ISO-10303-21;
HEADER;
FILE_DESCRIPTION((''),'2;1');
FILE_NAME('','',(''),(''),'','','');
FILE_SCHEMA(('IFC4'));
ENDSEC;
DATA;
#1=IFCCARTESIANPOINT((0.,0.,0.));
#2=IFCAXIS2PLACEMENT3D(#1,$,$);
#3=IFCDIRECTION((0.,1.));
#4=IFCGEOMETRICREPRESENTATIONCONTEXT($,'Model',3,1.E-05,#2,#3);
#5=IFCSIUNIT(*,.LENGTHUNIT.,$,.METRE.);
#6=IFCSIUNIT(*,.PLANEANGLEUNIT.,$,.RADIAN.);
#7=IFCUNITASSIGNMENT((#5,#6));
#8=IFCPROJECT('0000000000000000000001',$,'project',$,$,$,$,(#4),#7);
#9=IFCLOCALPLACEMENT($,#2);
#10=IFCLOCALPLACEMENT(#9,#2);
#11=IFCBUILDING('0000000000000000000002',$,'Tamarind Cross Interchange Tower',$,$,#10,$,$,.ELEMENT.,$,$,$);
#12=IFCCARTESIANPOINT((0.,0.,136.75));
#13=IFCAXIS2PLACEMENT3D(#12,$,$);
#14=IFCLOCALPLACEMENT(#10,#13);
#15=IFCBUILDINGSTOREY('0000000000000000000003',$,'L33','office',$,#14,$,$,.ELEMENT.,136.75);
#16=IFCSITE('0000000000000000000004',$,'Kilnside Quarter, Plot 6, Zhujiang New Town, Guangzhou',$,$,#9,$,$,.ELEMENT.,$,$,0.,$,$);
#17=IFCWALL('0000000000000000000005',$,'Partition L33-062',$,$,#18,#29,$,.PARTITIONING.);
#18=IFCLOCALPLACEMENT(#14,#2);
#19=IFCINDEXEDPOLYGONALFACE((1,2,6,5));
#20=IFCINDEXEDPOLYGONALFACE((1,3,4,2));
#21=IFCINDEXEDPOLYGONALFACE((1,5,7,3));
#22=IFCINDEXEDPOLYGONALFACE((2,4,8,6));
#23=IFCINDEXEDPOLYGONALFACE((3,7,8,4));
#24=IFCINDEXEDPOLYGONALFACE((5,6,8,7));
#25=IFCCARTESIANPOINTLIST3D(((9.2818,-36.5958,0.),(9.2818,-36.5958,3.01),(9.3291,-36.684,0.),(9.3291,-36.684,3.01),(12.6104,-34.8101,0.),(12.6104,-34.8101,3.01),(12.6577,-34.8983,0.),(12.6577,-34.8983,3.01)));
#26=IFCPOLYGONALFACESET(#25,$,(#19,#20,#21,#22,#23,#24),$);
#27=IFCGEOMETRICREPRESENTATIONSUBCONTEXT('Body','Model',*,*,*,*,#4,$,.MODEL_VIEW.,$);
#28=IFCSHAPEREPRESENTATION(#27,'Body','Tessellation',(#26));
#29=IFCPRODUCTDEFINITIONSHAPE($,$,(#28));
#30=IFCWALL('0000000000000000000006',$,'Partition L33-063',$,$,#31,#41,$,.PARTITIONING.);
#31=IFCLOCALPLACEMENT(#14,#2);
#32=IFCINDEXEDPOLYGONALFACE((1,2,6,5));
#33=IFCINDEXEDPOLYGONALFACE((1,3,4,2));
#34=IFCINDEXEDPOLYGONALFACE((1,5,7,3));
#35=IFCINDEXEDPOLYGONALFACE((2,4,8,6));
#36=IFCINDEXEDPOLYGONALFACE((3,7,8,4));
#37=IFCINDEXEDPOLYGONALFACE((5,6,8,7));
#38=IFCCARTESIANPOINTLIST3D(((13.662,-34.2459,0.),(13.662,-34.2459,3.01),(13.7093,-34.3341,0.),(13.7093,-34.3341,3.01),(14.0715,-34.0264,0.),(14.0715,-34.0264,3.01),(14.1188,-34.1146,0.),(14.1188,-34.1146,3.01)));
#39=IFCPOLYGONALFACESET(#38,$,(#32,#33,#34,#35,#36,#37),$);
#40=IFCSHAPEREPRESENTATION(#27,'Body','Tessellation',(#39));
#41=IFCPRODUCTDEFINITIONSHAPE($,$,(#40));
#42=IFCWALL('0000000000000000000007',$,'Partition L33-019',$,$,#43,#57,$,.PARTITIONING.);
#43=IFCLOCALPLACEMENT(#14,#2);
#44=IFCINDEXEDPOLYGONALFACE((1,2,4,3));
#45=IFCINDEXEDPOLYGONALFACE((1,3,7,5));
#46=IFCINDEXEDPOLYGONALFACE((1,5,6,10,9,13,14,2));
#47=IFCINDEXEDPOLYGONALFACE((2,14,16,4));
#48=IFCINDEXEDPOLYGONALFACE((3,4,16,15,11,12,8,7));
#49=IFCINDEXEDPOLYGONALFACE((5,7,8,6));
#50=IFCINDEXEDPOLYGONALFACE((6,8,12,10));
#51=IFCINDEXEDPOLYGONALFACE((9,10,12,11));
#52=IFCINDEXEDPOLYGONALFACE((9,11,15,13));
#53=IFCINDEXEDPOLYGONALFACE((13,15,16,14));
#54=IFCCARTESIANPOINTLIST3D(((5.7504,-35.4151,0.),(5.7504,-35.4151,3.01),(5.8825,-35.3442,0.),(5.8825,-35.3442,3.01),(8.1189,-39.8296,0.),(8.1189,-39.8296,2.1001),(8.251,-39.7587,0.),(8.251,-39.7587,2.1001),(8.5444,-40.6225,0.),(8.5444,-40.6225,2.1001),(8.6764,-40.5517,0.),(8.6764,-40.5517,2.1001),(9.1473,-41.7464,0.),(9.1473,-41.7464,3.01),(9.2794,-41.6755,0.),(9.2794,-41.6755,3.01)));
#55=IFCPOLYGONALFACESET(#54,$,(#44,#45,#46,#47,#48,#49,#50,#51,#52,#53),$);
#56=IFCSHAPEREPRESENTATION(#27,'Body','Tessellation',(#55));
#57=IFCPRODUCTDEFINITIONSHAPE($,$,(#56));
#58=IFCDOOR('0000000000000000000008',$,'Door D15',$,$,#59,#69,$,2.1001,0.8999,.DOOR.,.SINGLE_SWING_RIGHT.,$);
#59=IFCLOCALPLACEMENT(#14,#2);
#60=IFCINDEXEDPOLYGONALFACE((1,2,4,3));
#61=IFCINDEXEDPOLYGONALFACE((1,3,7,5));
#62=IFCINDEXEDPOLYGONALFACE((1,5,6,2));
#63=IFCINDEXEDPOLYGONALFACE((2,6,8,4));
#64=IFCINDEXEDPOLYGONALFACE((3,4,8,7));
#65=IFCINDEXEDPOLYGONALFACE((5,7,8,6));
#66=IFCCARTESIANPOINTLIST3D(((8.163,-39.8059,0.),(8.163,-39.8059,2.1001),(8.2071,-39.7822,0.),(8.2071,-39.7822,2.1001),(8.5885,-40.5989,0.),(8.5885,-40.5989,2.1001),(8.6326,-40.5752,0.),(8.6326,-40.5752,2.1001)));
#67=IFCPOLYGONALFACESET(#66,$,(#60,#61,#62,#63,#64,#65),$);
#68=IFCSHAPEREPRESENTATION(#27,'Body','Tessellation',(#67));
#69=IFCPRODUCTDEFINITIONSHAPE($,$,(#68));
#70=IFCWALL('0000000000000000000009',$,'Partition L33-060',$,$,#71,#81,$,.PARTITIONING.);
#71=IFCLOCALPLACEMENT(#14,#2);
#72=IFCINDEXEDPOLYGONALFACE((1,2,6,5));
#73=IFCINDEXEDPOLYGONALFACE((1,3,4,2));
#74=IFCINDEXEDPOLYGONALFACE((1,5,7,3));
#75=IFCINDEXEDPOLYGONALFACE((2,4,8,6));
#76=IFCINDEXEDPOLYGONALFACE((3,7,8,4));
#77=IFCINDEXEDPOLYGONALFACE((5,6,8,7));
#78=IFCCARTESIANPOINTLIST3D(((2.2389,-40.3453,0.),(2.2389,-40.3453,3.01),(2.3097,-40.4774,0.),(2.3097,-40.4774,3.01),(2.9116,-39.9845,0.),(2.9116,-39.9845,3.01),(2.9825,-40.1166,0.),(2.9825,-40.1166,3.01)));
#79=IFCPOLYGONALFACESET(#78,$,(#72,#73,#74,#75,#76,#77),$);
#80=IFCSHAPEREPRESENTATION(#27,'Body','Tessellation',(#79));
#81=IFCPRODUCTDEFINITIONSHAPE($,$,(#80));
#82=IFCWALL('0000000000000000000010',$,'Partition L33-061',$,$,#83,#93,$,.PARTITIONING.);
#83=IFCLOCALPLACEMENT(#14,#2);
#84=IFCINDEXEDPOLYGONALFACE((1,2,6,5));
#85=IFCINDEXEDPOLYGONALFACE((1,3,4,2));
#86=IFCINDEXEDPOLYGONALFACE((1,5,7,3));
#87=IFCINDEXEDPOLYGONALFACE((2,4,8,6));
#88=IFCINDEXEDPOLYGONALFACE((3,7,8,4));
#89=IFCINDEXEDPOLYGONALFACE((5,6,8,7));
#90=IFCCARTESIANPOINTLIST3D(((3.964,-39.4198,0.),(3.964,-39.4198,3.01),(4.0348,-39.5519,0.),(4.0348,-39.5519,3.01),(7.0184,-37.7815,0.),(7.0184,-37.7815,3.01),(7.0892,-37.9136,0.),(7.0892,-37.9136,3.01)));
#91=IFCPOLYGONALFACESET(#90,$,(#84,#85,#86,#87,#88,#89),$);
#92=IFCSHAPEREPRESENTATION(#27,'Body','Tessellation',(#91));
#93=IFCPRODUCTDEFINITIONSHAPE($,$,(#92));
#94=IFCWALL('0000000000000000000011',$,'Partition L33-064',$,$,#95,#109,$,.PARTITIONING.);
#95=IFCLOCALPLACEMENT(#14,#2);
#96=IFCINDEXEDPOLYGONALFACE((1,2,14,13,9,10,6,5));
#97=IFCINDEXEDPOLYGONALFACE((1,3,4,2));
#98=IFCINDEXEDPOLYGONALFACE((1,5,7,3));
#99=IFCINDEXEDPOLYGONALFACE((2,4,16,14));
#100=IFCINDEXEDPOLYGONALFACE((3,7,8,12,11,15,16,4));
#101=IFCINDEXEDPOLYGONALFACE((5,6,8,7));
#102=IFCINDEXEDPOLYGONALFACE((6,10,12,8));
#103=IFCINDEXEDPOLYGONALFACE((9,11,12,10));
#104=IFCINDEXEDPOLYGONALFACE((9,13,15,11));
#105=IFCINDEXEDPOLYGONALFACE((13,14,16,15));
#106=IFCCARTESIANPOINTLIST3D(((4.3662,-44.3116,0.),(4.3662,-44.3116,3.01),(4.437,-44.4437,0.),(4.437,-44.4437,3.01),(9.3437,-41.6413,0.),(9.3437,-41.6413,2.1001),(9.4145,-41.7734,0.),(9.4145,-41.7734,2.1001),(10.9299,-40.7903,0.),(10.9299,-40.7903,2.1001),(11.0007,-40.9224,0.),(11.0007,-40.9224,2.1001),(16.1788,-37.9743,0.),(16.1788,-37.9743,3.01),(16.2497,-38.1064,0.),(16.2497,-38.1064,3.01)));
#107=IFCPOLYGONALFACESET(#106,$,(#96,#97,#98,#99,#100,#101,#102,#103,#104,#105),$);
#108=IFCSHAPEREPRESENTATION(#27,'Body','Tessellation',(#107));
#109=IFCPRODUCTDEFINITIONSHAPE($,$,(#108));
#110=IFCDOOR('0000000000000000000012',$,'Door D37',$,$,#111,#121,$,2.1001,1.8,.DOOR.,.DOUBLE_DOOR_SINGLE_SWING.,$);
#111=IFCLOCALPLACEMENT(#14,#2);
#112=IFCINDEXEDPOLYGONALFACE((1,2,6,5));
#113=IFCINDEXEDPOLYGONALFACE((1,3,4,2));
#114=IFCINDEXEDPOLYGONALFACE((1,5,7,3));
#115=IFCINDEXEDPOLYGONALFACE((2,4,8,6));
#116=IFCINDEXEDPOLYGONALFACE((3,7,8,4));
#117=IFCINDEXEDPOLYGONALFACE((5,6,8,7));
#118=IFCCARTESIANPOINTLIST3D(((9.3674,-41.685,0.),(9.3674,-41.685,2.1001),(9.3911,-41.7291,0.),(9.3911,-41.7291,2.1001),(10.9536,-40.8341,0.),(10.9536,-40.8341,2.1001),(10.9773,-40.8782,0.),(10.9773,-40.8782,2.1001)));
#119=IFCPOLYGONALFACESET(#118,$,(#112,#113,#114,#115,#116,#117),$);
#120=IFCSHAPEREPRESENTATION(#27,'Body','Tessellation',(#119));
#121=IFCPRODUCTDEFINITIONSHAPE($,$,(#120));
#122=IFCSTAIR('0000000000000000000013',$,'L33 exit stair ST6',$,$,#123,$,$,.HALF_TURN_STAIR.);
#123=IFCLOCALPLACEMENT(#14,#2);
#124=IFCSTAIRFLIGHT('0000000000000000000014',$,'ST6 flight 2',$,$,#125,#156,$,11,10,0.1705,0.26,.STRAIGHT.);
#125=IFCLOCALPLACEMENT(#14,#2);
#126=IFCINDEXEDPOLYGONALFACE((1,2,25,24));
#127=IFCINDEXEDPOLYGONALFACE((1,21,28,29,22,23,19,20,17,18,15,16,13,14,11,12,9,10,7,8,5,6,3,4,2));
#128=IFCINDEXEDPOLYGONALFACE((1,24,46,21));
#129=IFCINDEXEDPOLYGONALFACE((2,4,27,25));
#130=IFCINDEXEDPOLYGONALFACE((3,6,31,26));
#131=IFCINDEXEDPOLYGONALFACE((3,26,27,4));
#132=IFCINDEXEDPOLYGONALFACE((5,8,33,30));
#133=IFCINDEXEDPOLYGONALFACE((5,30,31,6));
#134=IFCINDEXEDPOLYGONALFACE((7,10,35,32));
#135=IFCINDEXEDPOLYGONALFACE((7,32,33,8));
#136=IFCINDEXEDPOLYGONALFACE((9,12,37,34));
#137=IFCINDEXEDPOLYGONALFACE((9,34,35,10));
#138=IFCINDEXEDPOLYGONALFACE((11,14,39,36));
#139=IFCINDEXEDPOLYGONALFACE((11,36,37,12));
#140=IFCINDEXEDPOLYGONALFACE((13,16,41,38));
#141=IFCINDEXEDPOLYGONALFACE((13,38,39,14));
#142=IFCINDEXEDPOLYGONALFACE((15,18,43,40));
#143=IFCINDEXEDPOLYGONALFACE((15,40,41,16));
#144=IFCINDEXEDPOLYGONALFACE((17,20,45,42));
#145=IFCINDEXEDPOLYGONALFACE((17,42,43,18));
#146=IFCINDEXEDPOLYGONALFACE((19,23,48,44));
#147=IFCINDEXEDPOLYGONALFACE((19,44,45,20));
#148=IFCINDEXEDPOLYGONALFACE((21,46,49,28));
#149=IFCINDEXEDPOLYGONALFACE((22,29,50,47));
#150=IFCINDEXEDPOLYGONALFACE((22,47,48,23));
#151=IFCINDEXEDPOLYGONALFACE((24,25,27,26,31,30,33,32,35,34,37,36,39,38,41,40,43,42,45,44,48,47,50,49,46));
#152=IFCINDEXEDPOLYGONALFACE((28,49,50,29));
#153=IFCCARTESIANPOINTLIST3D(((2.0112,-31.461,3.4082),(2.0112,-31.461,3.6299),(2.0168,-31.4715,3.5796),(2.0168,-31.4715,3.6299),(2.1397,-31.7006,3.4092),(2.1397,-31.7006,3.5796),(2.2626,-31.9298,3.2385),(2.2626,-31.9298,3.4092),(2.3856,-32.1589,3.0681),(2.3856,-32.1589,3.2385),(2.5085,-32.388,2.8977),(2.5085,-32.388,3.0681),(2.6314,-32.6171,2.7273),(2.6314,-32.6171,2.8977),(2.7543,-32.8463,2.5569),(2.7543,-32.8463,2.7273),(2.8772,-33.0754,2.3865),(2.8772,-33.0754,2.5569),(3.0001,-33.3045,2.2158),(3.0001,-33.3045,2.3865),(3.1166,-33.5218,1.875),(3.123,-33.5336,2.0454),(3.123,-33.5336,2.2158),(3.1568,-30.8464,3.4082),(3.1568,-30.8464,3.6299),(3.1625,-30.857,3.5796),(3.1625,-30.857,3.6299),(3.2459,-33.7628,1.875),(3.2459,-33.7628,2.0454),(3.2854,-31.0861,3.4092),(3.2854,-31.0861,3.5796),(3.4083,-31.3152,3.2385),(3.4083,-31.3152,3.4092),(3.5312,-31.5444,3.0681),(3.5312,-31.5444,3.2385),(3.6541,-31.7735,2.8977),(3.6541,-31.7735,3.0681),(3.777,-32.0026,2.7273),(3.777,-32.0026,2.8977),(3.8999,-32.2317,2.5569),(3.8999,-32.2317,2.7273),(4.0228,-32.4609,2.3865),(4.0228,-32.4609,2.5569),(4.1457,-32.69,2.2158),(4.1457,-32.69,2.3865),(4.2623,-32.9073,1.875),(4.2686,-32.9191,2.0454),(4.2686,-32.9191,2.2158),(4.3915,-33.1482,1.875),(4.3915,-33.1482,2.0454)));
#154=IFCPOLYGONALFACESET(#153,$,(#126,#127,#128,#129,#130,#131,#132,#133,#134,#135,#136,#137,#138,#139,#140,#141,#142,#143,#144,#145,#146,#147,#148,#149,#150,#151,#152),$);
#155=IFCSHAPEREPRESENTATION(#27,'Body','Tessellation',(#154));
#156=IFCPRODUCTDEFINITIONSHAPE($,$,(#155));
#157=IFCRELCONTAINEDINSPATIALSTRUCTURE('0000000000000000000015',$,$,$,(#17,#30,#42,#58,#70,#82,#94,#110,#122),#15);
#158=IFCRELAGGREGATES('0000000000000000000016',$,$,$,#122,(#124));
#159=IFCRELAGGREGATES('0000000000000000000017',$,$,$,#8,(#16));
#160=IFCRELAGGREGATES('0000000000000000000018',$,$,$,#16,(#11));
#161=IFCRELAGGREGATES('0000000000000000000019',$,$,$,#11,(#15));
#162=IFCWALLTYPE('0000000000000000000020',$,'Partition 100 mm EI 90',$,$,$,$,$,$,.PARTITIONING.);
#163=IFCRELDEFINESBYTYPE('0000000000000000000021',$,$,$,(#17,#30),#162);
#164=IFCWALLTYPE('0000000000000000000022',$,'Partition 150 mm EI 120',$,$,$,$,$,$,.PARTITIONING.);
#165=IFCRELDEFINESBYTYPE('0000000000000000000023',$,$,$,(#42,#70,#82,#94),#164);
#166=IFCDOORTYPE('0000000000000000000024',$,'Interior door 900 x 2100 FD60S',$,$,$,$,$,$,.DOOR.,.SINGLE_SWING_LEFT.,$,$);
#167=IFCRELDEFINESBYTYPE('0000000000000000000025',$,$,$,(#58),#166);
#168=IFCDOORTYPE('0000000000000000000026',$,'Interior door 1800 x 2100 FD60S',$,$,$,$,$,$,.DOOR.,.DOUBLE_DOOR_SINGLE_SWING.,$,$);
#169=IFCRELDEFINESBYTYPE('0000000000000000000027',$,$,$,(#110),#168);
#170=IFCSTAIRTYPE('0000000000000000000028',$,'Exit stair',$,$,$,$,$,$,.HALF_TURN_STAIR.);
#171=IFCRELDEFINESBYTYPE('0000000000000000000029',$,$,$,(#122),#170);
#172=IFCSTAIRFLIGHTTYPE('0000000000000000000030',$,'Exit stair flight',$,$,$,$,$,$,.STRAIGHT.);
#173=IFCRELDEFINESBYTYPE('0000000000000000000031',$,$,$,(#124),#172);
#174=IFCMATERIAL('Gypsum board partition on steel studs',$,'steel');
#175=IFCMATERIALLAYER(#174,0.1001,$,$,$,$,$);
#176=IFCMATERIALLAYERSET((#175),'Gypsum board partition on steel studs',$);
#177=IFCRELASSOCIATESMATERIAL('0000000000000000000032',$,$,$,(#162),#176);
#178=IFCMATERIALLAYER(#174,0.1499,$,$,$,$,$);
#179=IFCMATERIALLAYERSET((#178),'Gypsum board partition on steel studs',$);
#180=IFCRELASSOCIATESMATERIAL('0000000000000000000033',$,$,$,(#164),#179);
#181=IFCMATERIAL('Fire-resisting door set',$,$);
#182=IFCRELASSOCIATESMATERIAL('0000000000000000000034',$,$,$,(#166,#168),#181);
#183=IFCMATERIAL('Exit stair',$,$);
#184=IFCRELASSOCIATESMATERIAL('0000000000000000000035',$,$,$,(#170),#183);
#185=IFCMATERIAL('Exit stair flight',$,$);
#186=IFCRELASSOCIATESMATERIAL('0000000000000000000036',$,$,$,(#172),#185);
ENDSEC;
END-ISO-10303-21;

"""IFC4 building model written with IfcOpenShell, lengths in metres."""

from ifc_helpers import new_model, si_unit, direction, frame, frame_2d, origin, place, context, subcontext, project, spatial, polyline, rectangle, outline, extrude, material, layer, layer_set, type_object, element, fill, aggregate, save


model = new_model("IFC4")

# Units and contexts
model_context = context("Model", 3, precision=1e-05, world=origin(), true_north=direction((0.0, 1.0)))
body_context = subcontext(model_context, "Body", "Model", "MODEL_VIEW")
ifc_project = project(units=[si_unit("LENGTHUNIT", "METRE"), si_unit("PLANEANGLEUNIT", "RADIAN")], contexts=[model_context])

# Site, building, storey
site_placement = place(None, origin())
site = spatial("IfcSite", under=ifc_project, at=site_placement, Name="Kilnside Quarter, Plot 6, Zhujiang New Town, Guangzhou", CompositionType="ELEMENT", RefElevation=0.0)
building_placement = place(site_placement, origin())
building = spatial("IfcBuilding", under=site, at=building_placement, Name="Tamarind Cross Interchange Tower", CompositionType="ELEMENT")
storey_placement = place(building_placement, frame((0.0, 0.0, 136.75)))
storey = spatial("IfcBuildingStorey", under=building, at=storey_placement, Name="L33", Description="office", CompositionType="ELEMENT", Elevation=136.75)

# Walls
ifc_material_1 = material(Name="Gypsum board partition on steel studs", Category="steel")
ifc_layer_1 = layer(ifc_material_1, 0.1001)
ifc_layer_set_1 = layer_set([ifc_layer_1], Name="Gypsum board partition on steel studs")
wall_type_1 = type_object("IfcWallType", Name="Partition 100 mm EI 90", PredefinedType="PARTITIONING", material=ifc_layer_set_1)
wall_1_placement = place(storey_placement, frame((9.3054, -36.6399, 0.0), z_axis=(0.0, 0.0, 1.0), x_axis=(0.881209, 0.472727, 0.0)))
element("IfcWall", 1, at=wall_1_placement, inside=storey, type_object=wall_type_1, Name="Partition L33-062", PredefinedType="PARTITIONING", context=body_context, shape_type="SweptSolid", body=[
    extrude(rectangle(XDim=3.7773, YDim=0.1001, at=frame_2d((1.8887, 0.0))), origin(), (0.0, 0.0, 1.0), 3.01),
])
wall_2_placement = place(storey_placement, frame((13.6855, -34.29, 0.0), z_axis=(0.0, 0.0, 1.0), x_axis=(0.881347, 0.472469, 0.0)))
element("IfcWall", 2, at=wall_2_placement, inside=storey, type_object=wall_type_1, Name="Partition L33-063", PredefinedType="PARTITIONING", context=body_context, shape_type="SweptSolid", body=[
    extrude(rectangle(XDim=0.4646, YDim=0.1001, at=frame_2d((0.2324, 0.0))), origin(), (0.0, 0.0, 1.0), 3.01),
])

# Wall, opening, door
ifc_layer_2 = layer(ifc_material_1, 0.1499)
ifc_layer_set_2 = layer_set([ifc_layer_2], Name="Gypsum board partition on steel studs")
wall_type_2 = type_object("IfcWallType", Name="Partition 150 mm EI 120", PredefinedType="PARTITIONING", material=ifc_layer_set_2)
wall_3_placement = place(storey_placement, frame((5.8164, -35.3796, 0.0), z_axis=(0.0, 0.0, 1.0), x_axis=(0.472784, -0.881178, 0.0)))
wall_3 = element("IfcWall", 3, at=wall_3_placement, inside=storey, type_object=wall_type_2, Name="Partition L33-019", PredefinedType="PARTITIONING", context=body_context, shape_type="SweptSolid", body=[
    extrude(rectangle(XDim=7.1851, YDim=0.1499, at=frame_2d((3.5925, 0.0))), origin(), (0.0, 0.0, 1.0), 3.01),
])
opening_1_placement = place(wall_3_placement, frame((5.0098, 0.0, 0.0)))
opening_1 = element("IfcOpeningElement", 4, at=opening_1_placement, cuts=wall_3, PredefinedType="OPENING", context=body_context, shape_type="SweptSolid", body=[
    extrude(rectangle(XDim=0.8999, YDim=2.1001, at=frame_2d((0.45, 1.05))), frame((0.0, 0.085, 0.0), z_axis=(0.0, -1.0, 0.0), x_axis=(1.0, 0.0, 0.0)), (0.0, 0.0, 1.0), 0.1699),
])
ifc_material_2 = material(Name="Fire-resisting door set")
door_type_1 = type_object("IfcDoorType", Name="Interior door 900 x 2100 FD60S", OperationType="SINGLE_SWING_LEFT", PredefinedType="DOOR", material=ifc_material_2)
door_1_placement = place(opening_1_placement, frame((0.8999, 0.0, 0.0), z_axis=(0.0, 0.0, 1.0), x_axis=(-1.0, 0.0, 0.0)))
door_1 = element("IfcDoor", 5, at=door_1_placement, inside=storey, type_object=door_type_1, Name="Door D15", OperationType="SINGLE_SWING_RIGHT", OverallHeight=2.1001, OverallWidth=0.8999, PredefinedType="DOOR", context=body_context, shape_type="SweptSolid", body=[
    extrude(rectangle(XDim=0.8999, YDim=2.1001, at=frame_2d((0.45, 1.05))), frame((0.0, 0.0249, 0.0), z_axis=(0.0, -1.0, 0.0), x_axis=(1.0, 0.0, 0.0)), (0.0, 0.0, 1.0), 0.05),
])
fill(opening_1, door_1)

# Walls
wall_4_placement = place(storey_placement, frame((2.2742, -40.4114, 0.0), z_axis=(0.0, 0.0, 1.0), x_axis=(0.881271, 0.472612, 0.0)))
element("IfcWall", 6, at=wall_4_placement, inside=storey, type_object=wall_type_2, Name="Partition L33-060", PredefinedType="PARTITIONING", context=body_context, shape_type="SweptSolid", body=[
    extrude(rectangle(XDim=0.7634, YDim=0.1499, at=frame_2d((0.3818, 0.0))), origin(), (0.0, 0.0, 1.0), 3.01),
])
wall_5_placement = place(storey_placement, frame((3.9995, -39.4858, 0.0), z_axis=(0.0, 0.0, 1.0), x_axis=(0.881225, 0.472696, 0.0)))
element("IfcWall", 7, at=wall_5_placement, inside=storey, type_object=wall_type_2, Name="Partition L33-061", PredefinedType="PARTITIONING", context=body_context, shape_type="SweptSolid", body=[
    extrude(rectangle(XDim=3.4661, YDim=0.1499, at=frame_2d((1.7329, 0.0))), origin(), (0.0, 0.0, 1.0), 3.01),
])

# Wall, opening, door
wall_6_placement = place(storey_placement, frame((4.4016, -44.3777, 0.0), z_axis=(0.0, 0.0, 1.0), x_axis=(0.881196, 0.472751, 0.0)))
wall_6 = element("IfcWall", 8, at=wall_6_placement, inside=storey, type_object=wall_type_2, Name="Partition L33-064", PredefinedType="PARTITIONING", context=body_context, shape_type="SweptSolid", body=[
    extrude(rectangle(XDim=13.4053, YDim=0.1499, at=frame_2d((6.7026, 0.0))), origin(), (0.0, 0.0, 1.0), 3.01),
])
opening_2_placement = place(wall_6_placement, frame((5.6487, 0.0, 0.0)))
opening_2 = element("IfcOpeningElement", 9, at=opening_2_placement, cuts=wall_6, PredefinedType="OPENING", context=body_context, shape_type="SweptSolid", body=[
    extrude(rectangle(XDim=1.8, YDim=2.1001, at=frame_2d((0.8999, 1.05))), frame((0.0, 0.085, 0.0), z_axis=(0.0, -1.0, 0.0), x_axis=(1.0, 0.0, 0.0)), (0.0, 0.0, 1.0), 0.1699),
])
door_type_2 = type_object("IfcDoorType", Name="Interior door 1800 x 2100 FD60S", OperationType="DOUBLE_DOOR_SINGLE_SWING", PredefinedType="DOOR", material=ifc_material_2)
door_2_placement = place(opening_2_placement, frame((1.8, 0.0, 0.0), z_axis=(0.0, 0.0, 1.0), x_axis=(-1.0, 0.0, 0.0)))
door_2 = element("IfcDoor", 10, at=door_2_placement, inside=storey, type_object=door_type_2, Name="Door D37", OperationType="DOUBLE_DOOR_SINGLE_SWING", OverallHeight=2.1001, OverallWidth=1.8, PredefinedType="DOOR", context=body_context, shape_type="SweptSolid", body=[
    extrude(rectangle(XDim=1.8, YDim=2.1001, at=frame_2d((0.8999, 1.05))), frame((0.0, 0.0249, 0.0), z_axis=(0.0, -1.0, 0.0), x_axis=(1.0, 0.0, 0.0)), (0.0, 0.0, 1.0), 0.05),
])
fill(opening_2, door_2)

# Stair, stair flight
ifc_material_3 = material(Name="Exit stair")
stair_type = type_object("IfcStairType", Name="Exit stair", PredefinedType="HALF_TURN_STAIR", material=ifc_material_3)
stair_placement = place(storey_placement, origin())
stair = element("IfcStair", 11, at=stair_placement, inside=storey, type_object=stair_type, Name="L33 exit stair ST6", PredefinedType="HALF_TURN_STAIR")
ifc_material_4 = material(Name="Exit stair flight")
stair_flight_type = type_object("IfcStairFlightType", Name="Exit stair flight", PredefinedType="STRAIGHT", material=ifc_material_4)
stair_flight_placement = place(storey_placement, frame((3.8186, -33.4556, 1.875), z_axis=(0.0, 0.0, 1.0), x_axis=(-0.472698, 0.881224, 0.0)))
stair_flight = element("IfcStairFlight", 12, at=stair_flight_placement, type_object=stair_flight_type, Name="ST6 flight 2", NumberOfRisers=11, NumberOfTreads=10, PredefinedType="STRAIGHT", RiserHeight=0.1705, TreadLength=0.26, context=body_context, shape_type="SweptSolid", body=[
    extrude(outline(polyline([(0.0, 0.0), (0.0, 0.1704), (0.26, 0.1704), (0.26, 0.3408), (0.52, 0.3408), (0.52, 0.5115), (0.78, 0.5115), (0.78, 0.6819), (1.04, 0.6819), (1.04, 0.8523), (1.3, 0.8523), (1.3, 1.0227), (1.5601, 1.0227), (1.5601, 1.1931), (1.8201, 1.1931), (1.8201, 1.3635), (2.0801, 1.3635), (2.0801, 1.5342), (2.3401, 1.5342), (2.3401, 1.7046), (2.6001, 1.7046), (2.6001, 1.7549), (2.6121, 1.7549), (2.6121, 1.5332), (0.2734, 0.0), (0.0, 0.0)])), frame((0.0, 0.6499, 0.0), z_axis=(0.0, -1.0, 0.0), x_axis=(1.0, 0.0, 0.0)), (0.0, 0.0, 1.0), 1.3),
])
aggregate(stair, [stair_flight])

save(model, "model.ifc")
